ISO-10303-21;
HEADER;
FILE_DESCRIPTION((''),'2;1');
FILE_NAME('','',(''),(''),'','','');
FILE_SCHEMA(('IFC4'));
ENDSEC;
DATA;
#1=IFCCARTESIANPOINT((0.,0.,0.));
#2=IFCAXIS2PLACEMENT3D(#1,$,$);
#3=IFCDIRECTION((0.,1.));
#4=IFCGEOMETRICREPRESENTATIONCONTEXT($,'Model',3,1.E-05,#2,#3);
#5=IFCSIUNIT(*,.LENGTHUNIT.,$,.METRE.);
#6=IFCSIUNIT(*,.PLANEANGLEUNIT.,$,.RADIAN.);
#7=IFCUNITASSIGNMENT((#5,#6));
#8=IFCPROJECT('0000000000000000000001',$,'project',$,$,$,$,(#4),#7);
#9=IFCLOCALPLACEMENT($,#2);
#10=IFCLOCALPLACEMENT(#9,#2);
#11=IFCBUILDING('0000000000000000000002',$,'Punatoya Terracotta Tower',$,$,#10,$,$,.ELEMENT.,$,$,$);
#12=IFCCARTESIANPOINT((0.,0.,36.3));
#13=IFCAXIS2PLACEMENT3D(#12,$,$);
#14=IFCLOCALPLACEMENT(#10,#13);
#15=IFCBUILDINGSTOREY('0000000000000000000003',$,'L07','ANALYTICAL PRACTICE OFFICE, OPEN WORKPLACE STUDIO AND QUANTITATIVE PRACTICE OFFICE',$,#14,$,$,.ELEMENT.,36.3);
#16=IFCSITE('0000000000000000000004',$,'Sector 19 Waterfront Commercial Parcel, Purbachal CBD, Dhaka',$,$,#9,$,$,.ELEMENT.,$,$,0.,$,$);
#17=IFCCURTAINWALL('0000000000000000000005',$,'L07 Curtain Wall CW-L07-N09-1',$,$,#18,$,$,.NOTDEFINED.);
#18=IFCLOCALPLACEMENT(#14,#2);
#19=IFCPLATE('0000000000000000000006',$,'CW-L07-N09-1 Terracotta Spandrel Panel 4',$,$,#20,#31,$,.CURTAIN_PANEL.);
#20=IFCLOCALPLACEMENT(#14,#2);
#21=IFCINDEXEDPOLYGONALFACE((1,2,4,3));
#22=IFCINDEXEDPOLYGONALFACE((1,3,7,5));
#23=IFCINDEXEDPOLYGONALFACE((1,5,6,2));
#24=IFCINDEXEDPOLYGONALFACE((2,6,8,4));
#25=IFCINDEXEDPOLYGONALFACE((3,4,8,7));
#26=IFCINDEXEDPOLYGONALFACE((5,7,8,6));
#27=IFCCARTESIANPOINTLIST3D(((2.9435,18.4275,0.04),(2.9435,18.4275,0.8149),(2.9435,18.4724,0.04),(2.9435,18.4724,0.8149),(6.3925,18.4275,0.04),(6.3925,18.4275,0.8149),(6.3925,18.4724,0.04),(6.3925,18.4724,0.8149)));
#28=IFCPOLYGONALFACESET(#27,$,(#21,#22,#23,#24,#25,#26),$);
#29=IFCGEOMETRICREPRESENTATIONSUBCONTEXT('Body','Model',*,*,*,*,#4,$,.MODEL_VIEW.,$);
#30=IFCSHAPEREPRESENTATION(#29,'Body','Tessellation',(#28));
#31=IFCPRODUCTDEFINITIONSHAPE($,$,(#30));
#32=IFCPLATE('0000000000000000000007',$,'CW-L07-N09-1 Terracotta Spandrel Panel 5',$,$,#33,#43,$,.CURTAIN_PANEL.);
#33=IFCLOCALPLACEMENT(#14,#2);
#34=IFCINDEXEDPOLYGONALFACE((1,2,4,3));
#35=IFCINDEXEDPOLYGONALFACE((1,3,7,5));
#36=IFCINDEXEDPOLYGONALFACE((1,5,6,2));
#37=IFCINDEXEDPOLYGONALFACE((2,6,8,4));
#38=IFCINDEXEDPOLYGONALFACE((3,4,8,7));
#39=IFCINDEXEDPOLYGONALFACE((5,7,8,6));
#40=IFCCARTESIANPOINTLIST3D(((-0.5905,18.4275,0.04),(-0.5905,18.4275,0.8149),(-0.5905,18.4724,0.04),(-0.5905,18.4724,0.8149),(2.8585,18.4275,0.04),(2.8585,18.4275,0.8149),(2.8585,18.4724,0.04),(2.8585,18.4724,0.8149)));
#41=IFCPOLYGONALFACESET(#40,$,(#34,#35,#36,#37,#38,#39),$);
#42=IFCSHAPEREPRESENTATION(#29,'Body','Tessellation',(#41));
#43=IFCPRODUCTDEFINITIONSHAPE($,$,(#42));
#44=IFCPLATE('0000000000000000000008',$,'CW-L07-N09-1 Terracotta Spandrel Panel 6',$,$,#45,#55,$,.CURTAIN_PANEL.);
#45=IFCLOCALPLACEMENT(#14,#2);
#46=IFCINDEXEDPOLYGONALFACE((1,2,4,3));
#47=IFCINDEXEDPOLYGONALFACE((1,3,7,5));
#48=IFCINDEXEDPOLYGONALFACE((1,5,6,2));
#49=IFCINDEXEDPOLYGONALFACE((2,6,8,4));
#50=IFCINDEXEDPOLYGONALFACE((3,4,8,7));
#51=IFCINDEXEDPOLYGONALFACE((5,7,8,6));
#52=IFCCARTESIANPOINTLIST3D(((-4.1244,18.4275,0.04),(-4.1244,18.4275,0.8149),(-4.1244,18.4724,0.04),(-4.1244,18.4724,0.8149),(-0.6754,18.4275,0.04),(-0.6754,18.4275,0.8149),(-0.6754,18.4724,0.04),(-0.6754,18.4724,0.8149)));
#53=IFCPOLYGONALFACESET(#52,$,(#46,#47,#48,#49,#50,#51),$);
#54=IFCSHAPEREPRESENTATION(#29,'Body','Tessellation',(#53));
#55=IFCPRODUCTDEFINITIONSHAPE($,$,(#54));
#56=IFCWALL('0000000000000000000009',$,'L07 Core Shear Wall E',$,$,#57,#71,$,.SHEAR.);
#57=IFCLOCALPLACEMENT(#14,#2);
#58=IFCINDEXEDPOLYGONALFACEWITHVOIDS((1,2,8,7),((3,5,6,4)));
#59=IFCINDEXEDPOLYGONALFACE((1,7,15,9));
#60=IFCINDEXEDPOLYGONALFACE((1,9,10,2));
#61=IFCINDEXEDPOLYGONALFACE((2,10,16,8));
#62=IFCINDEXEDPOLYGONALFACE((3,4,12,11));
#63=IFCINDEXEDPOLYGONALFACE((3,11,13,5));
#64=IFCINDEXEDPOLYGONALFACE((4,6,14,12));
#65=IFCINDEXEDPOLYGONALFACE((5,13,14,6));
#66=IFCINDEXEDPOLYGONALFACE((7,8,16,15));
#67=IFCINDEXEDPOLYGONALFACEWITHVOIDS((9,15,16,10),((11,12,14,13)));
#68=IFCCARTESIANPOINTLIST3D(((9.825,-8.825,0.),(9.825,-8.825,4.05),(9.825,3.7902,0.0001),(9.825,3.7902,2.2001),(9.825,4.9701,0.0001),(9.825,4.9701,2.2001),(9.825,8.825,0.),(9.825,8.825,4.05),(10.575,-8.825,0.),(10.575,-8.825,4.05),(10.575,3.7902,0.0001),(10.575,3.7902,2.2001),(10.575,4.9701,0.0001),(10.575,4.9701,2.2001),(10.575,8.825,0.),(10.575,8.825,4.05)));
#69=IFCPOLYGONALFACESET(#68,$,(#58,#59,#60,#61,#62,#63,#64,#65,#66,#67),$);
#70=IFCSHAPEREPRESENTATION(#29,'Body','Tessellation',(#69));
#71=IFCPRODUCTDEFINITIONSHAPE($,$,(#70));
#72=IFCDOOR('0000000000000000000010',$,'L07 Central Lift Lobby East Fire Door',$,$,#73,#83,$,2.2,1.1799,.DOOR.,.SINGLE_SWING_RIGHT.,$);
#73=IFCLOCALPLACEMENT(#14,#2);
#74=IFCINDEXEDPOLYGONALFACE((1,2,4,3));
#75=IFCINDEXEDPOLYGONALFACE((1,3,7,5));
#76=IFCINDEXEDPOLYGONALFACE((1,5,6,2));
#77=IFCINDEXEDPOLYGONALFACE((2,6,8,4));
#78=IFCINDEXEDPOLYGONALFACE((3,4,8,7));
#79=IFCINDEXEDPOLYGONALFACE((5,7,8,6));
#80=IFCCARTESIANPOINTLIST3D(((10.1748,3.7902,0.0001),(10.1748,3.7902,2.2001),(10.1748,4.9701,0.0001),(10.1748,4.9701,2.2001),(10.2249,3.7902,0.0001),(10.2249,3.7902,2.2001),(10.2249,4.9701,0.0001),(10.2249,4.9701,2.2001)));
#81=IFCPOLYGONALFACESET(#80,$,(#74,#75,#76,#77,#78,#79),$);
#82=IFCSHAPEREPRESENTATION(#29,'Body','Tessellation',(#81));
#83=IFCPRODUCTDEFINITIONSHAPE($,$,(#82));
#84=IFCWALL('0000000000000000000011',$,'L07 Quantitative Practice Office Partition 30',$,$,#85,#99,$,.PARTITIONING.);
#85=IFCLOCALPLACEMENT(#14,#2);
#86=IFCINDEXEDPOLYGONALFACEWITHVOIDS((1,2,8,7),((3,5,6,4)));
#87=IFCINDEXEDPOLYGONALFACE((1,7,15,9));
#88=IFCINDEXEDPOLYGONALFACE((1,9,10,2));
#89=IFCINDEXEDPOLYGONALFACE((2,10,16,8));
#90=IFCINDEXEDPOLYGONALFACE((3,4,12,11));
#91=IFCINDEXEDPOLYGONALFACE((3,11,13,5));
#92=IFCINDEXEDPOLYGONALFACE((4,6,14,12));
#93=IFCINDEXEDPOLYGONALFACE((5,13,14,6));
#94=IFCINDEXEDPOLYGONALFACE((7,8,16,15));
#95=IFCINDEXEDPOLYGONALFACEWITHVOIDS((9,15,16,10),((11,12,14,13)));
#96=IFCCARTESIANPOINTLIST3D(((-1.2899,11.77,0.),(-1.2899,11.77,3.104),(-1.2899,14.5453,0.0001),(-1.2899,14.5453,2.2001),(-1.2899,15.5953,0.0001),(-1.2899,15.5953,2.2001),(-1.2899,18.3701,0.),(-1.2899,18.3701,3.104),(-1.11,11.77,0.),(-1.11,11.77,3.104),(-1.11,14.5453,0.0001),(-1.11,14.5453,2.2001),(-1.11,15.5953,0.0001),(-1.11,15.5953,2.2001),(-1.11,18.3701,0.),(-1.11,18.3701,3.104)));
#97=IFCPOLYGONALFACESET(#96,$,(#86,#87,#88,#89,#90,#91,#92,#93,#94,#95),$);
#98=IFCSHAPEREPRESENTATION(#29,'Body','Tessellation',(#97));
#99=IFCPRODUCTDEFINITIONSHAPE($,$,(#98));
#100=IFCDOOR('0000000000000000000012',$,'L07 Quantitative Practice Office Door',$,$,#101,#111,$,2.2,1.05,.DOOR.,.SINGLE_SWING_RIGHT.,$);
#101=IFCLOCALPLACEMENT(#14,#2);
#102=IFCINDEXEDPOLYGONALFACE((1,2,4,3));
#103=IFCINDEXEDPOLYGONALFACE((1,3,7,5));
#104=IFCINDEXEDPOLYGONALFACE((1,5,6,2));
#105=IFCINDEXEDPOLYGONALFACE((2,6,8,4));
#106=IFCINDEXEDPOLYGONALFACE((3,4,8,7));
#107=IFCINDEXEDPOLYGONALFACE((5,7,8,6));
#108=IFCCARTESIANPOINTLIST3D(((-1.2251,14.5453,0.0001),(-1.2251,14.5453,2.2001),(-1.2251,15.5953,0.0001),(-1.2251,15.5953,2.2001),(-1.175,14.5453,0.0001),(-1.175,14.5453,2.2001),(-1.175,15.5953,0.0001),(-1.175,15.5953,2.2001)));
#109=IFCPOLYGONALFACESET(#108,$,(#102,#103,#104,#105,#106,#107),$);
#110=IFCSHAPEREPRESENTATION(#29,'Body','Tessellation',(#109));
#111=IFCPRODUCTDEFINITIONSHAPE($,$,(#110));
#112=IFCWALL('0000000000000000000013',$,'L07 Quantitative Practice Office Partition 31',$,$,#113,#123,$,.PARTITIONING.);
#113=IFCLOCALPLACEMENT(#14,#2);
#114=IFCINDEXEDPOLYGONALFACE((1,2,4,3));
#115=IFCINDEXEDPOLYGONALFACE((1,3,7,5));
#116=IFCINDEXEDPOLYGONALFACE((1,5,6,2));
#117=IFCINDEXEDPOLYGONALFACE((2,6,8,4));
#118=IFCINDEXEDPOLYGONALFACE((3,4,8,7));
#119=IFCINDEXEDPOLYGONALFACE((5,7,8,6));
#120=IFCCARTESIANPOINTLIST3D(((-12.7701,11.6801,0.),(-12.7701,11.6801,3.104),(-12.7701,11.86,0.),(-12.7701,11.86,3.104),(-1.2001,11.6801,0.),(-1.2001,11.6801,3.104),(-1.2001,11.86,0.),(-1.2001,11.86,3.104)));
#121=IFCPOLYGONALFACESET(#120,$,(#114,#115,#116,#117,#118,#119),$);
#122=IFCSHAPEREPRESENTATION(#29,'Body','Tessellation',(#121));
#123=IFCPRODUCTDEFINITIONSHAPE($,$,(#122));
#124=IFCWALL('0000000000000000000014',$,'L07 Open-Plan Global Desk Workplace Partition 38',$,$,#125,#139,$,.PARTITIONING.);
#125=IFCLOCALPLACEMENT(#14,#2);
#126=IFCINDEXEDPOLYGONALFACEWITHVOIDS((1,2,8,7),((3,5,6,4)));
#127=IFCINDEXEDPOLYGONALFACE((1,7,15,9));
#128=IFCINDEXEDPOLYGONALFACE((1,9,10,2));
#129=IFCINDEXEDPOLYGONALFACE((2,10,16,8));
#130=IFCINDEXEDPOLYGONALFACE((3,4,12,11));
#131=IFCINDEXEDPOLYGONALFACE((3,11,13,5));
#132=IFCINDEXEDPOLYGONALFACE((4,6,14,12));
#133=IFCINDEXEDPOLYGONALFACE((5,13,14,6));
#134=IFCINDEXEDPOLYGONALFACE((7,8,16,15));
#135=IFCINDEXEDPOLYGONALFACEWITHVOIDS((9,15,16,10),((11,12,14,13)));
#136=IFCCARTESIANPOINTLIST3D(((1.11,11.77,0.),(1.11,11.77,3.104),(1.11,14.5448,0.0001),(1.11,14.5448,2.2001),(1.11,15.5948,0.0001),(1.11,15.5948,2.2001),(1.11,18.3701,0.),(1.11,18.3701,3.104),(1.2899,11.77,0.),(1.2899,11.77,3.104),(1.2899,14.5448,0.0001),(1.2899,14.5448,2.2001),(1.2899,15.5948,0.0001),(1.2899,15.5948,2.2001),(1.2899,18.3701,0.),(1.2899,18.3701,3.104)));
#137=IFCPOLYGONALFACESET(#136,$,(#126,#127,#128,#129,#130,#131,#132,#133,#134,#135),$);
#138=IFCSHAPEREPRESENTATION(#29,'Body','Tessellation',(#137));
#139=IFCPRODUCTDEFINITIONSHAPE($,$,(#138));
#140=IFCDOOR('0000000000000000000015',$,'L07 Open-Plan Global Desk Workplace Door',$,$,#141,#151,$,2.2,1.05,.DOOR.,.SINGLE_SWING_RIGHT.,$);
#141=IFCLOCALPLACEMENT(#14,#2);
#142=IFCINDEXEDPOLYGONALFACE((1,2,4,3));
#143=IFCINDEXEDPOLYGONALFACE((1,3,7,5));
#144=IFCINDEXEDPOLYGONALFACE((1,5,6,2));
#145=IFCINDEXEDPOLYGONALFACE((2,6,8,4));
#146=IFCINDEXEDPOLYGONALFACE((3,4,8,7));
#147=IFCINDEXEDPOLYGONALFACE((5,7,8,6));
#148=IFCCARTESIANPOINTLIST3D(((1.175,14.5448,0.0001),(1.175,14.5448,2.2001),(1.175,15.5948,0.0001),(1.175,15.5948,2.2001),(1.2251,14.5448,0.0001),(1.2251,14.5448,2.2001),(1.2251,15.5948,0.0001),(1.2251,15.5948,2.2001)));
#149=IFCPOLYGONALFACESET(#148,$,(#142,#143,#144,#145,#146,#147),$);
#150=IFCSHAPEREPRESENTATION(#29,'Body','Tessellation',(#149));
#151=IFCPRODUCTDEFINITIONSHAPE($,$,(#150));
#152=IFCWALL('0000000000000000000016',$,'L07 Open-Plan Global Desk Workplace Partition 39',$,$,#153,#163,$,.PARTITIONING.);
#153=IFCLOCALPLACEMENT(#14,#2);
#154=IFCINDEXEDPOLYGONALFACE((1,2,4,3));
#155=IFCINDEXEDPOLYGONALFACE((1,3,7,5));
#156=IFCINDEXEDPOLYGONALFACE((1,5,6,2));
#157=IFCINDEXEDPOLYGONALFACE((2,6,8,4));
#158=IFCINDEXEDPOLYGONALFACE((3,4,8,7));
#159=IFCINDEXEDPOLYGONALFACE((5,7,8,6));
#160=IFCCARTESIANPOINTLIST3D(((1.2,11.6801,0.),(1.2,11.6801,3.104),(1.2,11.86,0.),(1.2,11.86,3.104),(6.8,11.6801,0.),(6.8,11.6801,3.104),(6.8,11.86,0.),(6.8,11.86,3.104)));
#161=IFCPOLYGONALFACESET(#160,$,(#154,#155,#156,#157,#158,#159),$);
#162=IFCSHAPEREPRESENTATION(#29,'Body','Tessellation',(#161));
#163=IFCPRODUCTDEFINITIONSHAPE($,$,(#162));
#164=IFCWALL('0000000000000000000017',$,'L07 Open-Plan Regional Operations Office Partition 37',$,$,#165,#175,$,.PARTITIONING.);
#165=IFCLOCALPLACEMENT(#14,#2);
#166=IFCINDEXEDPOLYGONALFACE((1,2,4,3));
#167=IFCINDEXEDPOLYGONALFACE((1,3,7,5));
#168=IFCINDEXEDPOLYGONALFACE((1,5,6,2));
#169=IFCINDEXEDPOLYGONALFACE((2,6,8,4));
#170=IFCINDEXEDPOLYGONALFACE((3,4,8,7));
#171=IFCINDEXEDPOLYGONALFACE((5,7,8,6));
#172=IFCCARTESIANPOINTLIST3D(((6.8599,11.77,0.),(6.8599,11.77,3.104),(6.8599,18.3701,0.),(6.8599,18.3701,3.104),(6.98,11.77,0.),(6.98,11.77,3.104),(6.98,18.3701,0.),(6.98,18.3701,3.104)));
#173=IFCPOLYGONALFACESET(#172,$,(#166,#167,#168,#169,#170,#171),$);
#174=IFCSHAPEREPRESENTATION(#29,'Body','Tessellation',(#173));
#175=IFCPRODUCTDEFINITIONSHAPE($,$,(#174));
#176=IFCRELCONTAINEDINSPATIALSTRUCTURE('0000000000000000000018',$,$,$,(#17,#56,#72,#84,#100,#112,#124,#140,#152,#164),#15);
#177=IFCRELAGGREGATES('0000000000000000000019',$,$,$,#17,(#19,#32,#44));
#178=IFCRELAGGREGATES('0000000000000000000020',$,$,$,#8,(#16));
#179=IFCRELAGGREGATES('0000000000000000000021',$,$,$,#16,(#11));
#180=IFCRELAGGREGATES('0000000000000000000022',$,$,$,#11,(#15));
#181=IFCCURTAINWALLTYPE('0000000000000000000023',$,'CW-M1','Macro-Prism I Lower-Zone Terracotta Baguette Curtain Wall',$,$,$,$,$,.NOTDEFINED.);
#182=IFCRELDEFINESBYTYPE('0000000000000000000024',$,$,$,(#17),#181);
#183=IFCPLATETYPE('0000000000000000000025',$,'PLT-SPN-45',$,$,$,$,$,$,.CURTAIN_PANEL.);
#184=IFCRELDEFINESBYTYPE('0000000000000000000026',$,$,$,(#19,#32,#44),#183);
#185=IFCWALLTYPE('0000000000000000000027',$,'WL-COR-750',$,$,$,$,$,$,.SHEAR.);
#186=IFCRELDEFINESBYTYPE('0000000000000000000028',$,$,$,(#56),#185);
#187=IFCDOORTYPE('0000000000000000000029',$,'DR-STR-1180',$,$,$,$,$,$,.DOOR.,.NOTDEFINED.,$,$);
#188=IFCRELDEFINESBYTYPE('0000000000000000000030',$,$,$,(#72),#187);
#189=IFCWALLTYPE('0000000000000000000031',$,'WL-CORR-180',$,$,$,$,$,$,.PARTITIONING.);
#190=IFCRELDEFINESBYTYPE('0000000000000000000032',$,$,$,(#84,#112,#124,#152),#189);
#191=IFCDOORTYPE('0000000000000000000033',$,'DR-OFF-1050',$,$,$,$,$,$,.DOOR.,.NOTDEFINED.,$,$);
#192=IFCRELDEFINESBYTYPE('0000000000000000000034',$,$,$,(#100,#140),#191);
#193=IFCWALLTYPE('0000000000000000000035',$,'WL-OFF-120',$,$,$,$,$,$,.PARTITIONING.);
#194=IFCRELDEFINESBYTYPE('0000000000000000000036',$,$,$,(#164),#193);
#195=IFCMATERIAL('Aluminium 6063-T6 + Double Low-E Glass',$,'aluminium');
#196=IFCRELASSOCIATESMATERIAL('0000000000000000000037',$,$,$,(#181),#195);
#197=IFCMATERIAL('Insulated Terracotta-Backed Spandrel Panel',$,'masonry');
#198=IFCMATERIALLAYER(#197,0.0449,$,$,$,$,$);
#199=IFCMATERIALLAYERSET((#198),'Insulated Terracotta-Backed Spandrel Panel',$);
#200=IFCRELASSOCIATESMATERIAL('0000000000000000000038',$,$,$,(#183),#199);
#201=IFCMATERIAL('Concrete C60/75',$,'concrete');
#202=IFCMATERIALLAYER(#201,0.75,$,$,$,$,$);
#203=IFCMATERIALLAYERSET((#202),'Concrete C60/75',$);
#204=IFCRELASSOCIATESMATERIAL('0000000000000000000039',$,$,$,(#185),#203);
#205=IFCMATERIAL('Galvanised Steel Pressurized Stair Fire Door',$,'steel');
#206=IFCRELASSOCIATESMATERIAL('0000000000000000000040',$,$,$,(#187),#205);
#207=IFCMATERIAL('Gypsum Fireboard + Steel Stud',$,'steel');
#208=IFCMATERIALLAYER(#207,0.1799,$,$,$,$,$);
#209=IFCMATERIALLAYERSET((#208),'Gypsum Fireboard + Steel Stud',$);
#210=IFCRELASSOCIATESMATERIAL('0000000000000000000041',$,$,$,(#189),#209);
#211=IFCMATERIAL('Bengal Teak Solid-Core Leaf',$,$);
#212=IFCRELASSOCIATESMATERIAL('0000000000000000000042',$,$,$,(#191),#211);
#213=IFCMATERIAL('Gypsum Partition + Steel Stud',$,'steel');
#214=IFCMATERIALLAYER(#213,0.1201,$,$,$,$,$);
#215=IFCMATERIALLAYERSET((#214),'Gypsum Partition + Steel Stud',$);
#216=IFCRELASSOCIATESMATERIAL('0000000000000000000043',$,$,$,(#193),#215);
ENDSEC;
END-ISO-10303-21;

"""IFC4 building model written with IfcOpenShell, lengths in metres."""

from ifc_helpers import new_model, si_unit, direction, frame, frame_2d, origin, origin_2d, place, context, subcontext, project, spatial, rectangle, extrude, material, layer, layer_set, type_object, element, fill, aggregate, save


model = new_model("IFC4")

# Units and contexts
model_context = context("Model", 3, precision=1e-05, world=origin(), true_north=direction((0.0, 1.0)))
body_context = subcontext(model_context, "Body", "Model", "MODEL_VIEW")
ifc_project = project(units=[si_unit("LENGTHUNIT", "METRE"), si_unit("PLANEANGLEUNIT", "RADIAN")], contexts=[model_context])

# Site, building, storey
site_placement = place(None, origin())
site = spatial("IfcSite", under=ifc_project, at=site_placement, Name="Sector 19 Waterfront Commercial Parcel, Purbachal CBD, Dhaka", CompositionType="ELEMENT", RefElevation=0.0)
building_placement = place(site_placement, origin())
building = spatial("IfcBuilding", under=site, at=building_placement, Name="Punatoya Terracotta Tower", CompositionType="ELEMENT")
storey_placement = place(building_placement, frame((0.0, 0.0, 36.3)))
storey = spatial("IfcBuildingStorey", under=building, at=storey_placement, Name="L07", Description="ANALYTICAL PRACTICE OFFICE, OPEN WORKPLACE STUDIO AND QUANTITATIVE PRACTICE OFFICE", CompositionType="ELEMENT", Elevation=36.3)

# Curtain wall, plates
ifc_material_1 = material(Name="Aluminium 6063-T6 + Double Low-E Glass", Category="aluminium")
curtain_wall_type = type_object("IfcCurtainWallType", Name="CW-M1", Description="Macro-Prism I Lower-Zone Terracotta Baguette Curtain Wall", PredefinedType="NOTDEFINED", material=ifc_material_1)
curtain_wall_placement = place(storey_placement, origin())
curtain_wall = element("IfcCurtainWall", 1, at=curtain_wall_placement, inside=storey, type_object=curtain_wall_type, Name="L07 Curtain Wall CW-L07-N09-1", PredefinedType="NOTDEFINED")
ifc_material_2 = material(Name="Insulated Terracotta-Backed Spandrel Panel", Category="masonry")
ifc_layer_1 = layer(ifc_material_2, 0.0449)
ifc_layer_set_1 = layer_set([ifc_layer_1], Name="Insulated Terracotta-Backed Spandrel Panel")
plate_type_1 = type_object("IfcPlateType", Name="PLT-SPN-45", PredefinedType="CURTAIN_PANEL", material=ifc_layer_set_1)
plate_1_placement = place(storey_placement, frame((4.668, 18.45, 0.04), z_axis=(0.0, 0.0, 1.0), x_axis=(-1.0, 0.0, 0.0)))
plate_1 = element("IfcPlate", 2, at=plate_1_placement, type_object=plate_type_1, Name="CW-L07-N09-1 Terracotta Spandrel Panel 4", PredefinedType="CURTAIN_PANEL", context=body_context, shape_type="SweptSolid", body=[
    extrude(rectangle(XDim=3.449, YDim=0.0449, at=origin_2d()), origin(), (0.0, 0.0, 1.0), 0.7749),
])
plate_2_placement = place(storey_placement, frame((1.134, 18.45, 0.04), z_axis=(0.0, 0.0, 1.0), x_axis=(-1.0, 0.0, 0.0)))
plate_2 = element("IfcPlate", 3, at=plate_2_placement, type_object=plate_type_1, Name="CW-L07-N09-1 Terracotta Spandrel Panel 5", PredefinedType="CURTAIN_PANEL", context=body_context, shape_type="SweptSolid", body=[
    extrude(rectangle(XDim=3.449, YDim=0.0449, at=origin_2d()), origin(), (0.0, 0.0, 1.0), 0.7749),
])
plate_3_placement = place(storey_placement, frame((-2.3999, 18.45, 0.04), z_axis=(0.0, 0.0, 1.0), x_axis=(-1.0, 0.0, 0.0)))
plate_3 = element("IfcPlate", 4, at=plate_3_placement, type_object=plate_type_1, Name="CW-L07-N09-1 Terracotta Spandrel Panel 6", PredefinedType="CURTAIN_PANEL", context=body_context, shape_type="SweptSolid", body=[
    extrude(rectangle(XDim=3.449, YDim=0.0449, at=origin_2d()), origin(), (0.0, 0.0, 1.0), 0.7749),
])
aggregate(curtain_wall, [plate_1, plate_2, plate_3])

# Walls, openings, doors
ifc_material_3 = material(Name="Concrete C60/75", Category="concrete")
ifc_layer_2 = layer(ifc_material_3, 0.75)
ifc_layer_set_2 = layer_set([ifc_layer_2], Name="Concrete C60/75")
wall_type_1 = type_object("IfcWallType", Name="WL-COR-750", PredefinedType="SHEAR", material=ifc_layer_set_2)
wall_1_placement = place(storey_placement, frame((10.2, 8.825, 0.0), z_axis=(0.0, 0.0, 1.0), x_axis=(0.0, -1.0, 0.0)))
wall_1 = element("IfcWall", 5, at=wall_1_placement, inside=storey, type_object=wall_type_1, Name="L07 Core Shear Wall E", PredefinedType="SHEAR", context=body_context, shape_type="SweptSolid", body=[
    extrude(rectangle(XDim=17.6499, YDim=0.75, at=frame_2d((8.825, 0.0))), origin(), (0.0, 0.0, 1.0), 4.05),
])
opening_1_placement = place(wall_1_placement, frame((3.855, 0.0, 0.0)))
opening_1 = element("IfcOpeningElement", 6, at=opening_1_placement, cuts=wall_1, PredefinedType="OPENING", context=body_context, shape_type="SweptSolid", body=[
    extrude(rectangle(XDim=1.1799, YDim=2.2, at=frame_2d((0.5898, 1.1001))), frame((0.0, 0.385, 0.0), z_axis=(0.0, -1.0, 0.0), x_axis=(1.0, 0.0, 0.0)), (0.0, 0.0, 1.0), 0.77),
])
ifc_material_4 = material(Name="Galvanised Steel Pressurized Stair Fire Door", Category="steel")
door_type_1 = type_object("IfcDoorType", Name="DR-STR-1180", OperationType="NOTDEFINED", PredefinedType="DOOR", material=ifc_material_4)
door_1_placement = place(opening_1_placement, origin())
door_1 = element("IfcDoor", 7, at=door_1_placement, inside=storey, type_object=door_type_1, Name="L07 Central Lift Lobby East Fire Door", OperationType="SINGLE_SWING_RIGHT", OverallHeight=2.2, OverallWidth=1.1799, PredefinedType="DOOR", context=body_context, shape_type="SweptSolid", body=[
    extrude(rectangle(XDim=1.1799, YDim=2.2, at=frame_2d((0.5898, 1.1001))), frame((0.0, 0.0249, 0.0), z_axis=(0.0, -1.0, 0.0), x_axis=(1.0, 0.0, 0.0)), (0.0, 0.0, 1.0), 0.05),
])
fill(opening_1, door_1)
ifc_material_5 = material(Name="Gypsum Fireboard + Steel Stud", Category="steel")
ifc_layer_3 = layer(ifc_material_5, 0.1799)
ifc_layer_set_3 = layer_set([ifc_layer_3], Name="Gypsum Fireboard + Steel Stud")
wall_type_2 = type_object("IfcWallType", Name="WL-CORR-180", PredefinedType="PARTITIONING", material=ifc_layer_set_3)
wall_2_placement = place(storey_placement, frame((-1.2, 18.3701, 0.0), z_axis=(0.0, 0.0, 1.0), x_axis=(0.0, -1.0, 0.0)))
wall_2 = element("IfcWall", 8, at=wall_2_placement, inside=storey, type_object=wall_type_2, Name="L07 Quantitative Practice Office Partition 30", PredefinedType="PARTITIONING", context=body_context, shape_type="SweptSolid", body=[
    extrude(rectangle(XDim=6.6001, YDim=0.1799, at=frame_2d((3.3, 0.0))), origin(), (0.0, 0.0, 1.0), 3.104),
])
opening_2_placement = place(wall_2_placement, frame((2.7749, 0.0, 0.0)))
opening_2 = element("IfcOpeningElement", 9, at=opening_2_placement, cuts=wall_2, PredefinedType="OPENING", context=body_context, shape_type="SweptSolid", body=[
    extrude(rectangle(XDim=1.05, YDim=2.2, at=frame_2d((0.5249, 1.1001))), frame((0.0, 0.0999, 0.0), z_axis=(0.0, -1.0, 0.0), x_axis=(1.0, 0.0, 0.0)), (0.0, 0.0, 1.0), 0.2),
])
ifc_material_6 = material(Name="Bengal Teak Solid-Core Leaf")
door_type_2 = type_object("IfcDoorType", Name="DR-OFF-1050", OperationType="NOTDEFINED", PredefinedType="DOOR", material=ifc_material_6)
door_2_placement = place(opening_2_placement, origin())
door_2 = element("IfcDoor", 10, at=door_2_placement, inside=storey, type_object=door_type_2, Name="L07 Quantitative Practice Office Door", OperationType="SINGLE_SWING_RIGHT", OverallHeight=2.2, OverallWidth=1.05, PredefinedType="DOOR", context=body_context, shape_type="SweptSolid", body=[
    extrude(rectangle(XDim=1.05, YDim=2.2, at=frame_2d((0.5249, 1.1001))), frame((0.0, 0.0249, 0.0), z_axis=(0.0, -1.0, 0.0), x_axis=(1.0, 0.0, 0.0)), (0.0, 0.0, 1.0), 0.05),
])
fill(opening_2, door_2)

# Wall
wall_3_placement = place(storey_placement, frame((-1.2, 11.77, 0.0), z_axis=(0.0, 0.0, 1.0), x_axis=(-1.0, 0.0, 0.0)))
element("IfcWall", 11, at=wall_3_placement, inside=storey, type_object=wall_type_2, Name="L07 Quantitative Practice Office Partition 31", PredefinedType="PARTITIONING", context=body_context, shape_type="SweptSolid", body=[
    extrude(rectangle(XDim=11.5701, YDim=0.1799, at=frame_2d((5.7852, 0.0))), origin(), (0.0, 0.0, 1.0), 3.104),
])

# Wall, opening, door
wall_4_placement = place(storey_placement, frame((1.2, 11.77, 0.0), z_axis=(0.0, 0.0, 1.0), x_axis=(0.0, 1.0, 0.0)))
wall_4 = element("IfcWall", 12, at=wall_4_placement, inside=storey, type_object=wall_type_2, Name="L07 Open-Plan Global Desk Workplace Partition 38", PredefinedType="PARTITIONING", context=body_context, shape_type="SweptSolid", body=[
    extrude(rectangle(XDim=6.6001, YDim=0.1799, at=frame_2d((3.3, 0.0))), origin(), (0.0, 0.0, 1.0), 3.104),
])
opening_3_placement = place(wall_4_placement, frame((2.7749, 0.0, 0.0)))
opening_3 = element("IfcOpeningElement", 13, at=opening_3_placement, cuts=wall_4, PredefinedType="OPENING", context=body_context, shape_type="SweptSolid", body=[
    extrude(rectangle(XDim=1.05, YDim=2.2, at=frame_2d((0.5249, 1.1001))), frame((0.0, 0.0999, 0.0), z_axis=(0.0, -1.0, 0.0), x_axis=(1.0, 0.0, 0.0)), (0.0, 0.0, 1.0), 0.2),
])
door_3_placement = place(opening_3_placement, origin())
door_3 = element("IfcDoor", 14, at=door_3_placement, inside=storey, type_object=door_type_2, Name="L07 Open-Plan Global Desk Workplace Door", OperationType="SINGLE_SWING_RIGHT", OverallHeight=2.2, OverallWidth=1.05, PredefinedType="DOOR", context=body_context, shape_type="SweptSolid", body=[
    extrude(rectangle(XDim=1.05, YDim=2.2, at=frame_2d((0.5249, 1.1001))), frame((0.0, 0.0249, 0.0), z_axis=(0.0, -1.0, 0.0), x_axis=(1.0, 0.0, 0.0)), (0.0, 0.0, 1.0), 0.05),
])
fill(opening_3, door_3)

# Walls
wall_5_placement = place(storey_placement, frame((6.8, 11.77, 0.0), z_axis=(0.0, 0.0, 1.0), x_axis=(-1.0, 0.0, 0.0)))
element("IfcWall", 15, at=wall_5_placement, inside=storey, type_object=wall_type_2, Name="L07 Open-Plan Global Desk Workplace Partition 39", PredefinedType="PARTITIONING", context=body_context, shape_type="SweptSolid", body=[
    extrude(rectangle(XDim=5.6001, YDim=0.1799, at=frame_2d((2.8, 0.0))), origin(), (0.0, 0.0, 1.0), 3.104),
])
ifc_material_7 = material(Name="Gypsum Partition + Steel Stud", Category="steel")
ifc_layer_4 = layer(ifc_material_7, 0.1201)
ifc_layer_set_4 = layer_set([ifc_layer_4], Name="Gypsum Partition + Steel Stud")
wall_type_3 = type_object("IfcWallType", Name="WL-OFF-120", PredefinedType="PARTITIONING", material=ifc_layer_set_4)
wall_6_placement = place(storey_placement, frame((6.9199, 11.77, 0.0), z_axis=(0.0, 0.0, 1.0), x_axis=(0.0, 1.0, 0.0)))
element("IfcWall", 16, at=wall_6_placement, inside=storey, type_object=wall_type_3, Name="L07 Open-Plan Regional Operations Office Partition 37", PredefinedType="PARTITIONING", context=body_context, shape_type="SweptSolid", body=[
    extrude(rectangle(XDim=6.6001, YDim=0.1201, at=frame_2d((3.3, 0.0))), origin(), (0.0, 0.0, 1.0), 3.104),
])

save(model, "model.ifc")
